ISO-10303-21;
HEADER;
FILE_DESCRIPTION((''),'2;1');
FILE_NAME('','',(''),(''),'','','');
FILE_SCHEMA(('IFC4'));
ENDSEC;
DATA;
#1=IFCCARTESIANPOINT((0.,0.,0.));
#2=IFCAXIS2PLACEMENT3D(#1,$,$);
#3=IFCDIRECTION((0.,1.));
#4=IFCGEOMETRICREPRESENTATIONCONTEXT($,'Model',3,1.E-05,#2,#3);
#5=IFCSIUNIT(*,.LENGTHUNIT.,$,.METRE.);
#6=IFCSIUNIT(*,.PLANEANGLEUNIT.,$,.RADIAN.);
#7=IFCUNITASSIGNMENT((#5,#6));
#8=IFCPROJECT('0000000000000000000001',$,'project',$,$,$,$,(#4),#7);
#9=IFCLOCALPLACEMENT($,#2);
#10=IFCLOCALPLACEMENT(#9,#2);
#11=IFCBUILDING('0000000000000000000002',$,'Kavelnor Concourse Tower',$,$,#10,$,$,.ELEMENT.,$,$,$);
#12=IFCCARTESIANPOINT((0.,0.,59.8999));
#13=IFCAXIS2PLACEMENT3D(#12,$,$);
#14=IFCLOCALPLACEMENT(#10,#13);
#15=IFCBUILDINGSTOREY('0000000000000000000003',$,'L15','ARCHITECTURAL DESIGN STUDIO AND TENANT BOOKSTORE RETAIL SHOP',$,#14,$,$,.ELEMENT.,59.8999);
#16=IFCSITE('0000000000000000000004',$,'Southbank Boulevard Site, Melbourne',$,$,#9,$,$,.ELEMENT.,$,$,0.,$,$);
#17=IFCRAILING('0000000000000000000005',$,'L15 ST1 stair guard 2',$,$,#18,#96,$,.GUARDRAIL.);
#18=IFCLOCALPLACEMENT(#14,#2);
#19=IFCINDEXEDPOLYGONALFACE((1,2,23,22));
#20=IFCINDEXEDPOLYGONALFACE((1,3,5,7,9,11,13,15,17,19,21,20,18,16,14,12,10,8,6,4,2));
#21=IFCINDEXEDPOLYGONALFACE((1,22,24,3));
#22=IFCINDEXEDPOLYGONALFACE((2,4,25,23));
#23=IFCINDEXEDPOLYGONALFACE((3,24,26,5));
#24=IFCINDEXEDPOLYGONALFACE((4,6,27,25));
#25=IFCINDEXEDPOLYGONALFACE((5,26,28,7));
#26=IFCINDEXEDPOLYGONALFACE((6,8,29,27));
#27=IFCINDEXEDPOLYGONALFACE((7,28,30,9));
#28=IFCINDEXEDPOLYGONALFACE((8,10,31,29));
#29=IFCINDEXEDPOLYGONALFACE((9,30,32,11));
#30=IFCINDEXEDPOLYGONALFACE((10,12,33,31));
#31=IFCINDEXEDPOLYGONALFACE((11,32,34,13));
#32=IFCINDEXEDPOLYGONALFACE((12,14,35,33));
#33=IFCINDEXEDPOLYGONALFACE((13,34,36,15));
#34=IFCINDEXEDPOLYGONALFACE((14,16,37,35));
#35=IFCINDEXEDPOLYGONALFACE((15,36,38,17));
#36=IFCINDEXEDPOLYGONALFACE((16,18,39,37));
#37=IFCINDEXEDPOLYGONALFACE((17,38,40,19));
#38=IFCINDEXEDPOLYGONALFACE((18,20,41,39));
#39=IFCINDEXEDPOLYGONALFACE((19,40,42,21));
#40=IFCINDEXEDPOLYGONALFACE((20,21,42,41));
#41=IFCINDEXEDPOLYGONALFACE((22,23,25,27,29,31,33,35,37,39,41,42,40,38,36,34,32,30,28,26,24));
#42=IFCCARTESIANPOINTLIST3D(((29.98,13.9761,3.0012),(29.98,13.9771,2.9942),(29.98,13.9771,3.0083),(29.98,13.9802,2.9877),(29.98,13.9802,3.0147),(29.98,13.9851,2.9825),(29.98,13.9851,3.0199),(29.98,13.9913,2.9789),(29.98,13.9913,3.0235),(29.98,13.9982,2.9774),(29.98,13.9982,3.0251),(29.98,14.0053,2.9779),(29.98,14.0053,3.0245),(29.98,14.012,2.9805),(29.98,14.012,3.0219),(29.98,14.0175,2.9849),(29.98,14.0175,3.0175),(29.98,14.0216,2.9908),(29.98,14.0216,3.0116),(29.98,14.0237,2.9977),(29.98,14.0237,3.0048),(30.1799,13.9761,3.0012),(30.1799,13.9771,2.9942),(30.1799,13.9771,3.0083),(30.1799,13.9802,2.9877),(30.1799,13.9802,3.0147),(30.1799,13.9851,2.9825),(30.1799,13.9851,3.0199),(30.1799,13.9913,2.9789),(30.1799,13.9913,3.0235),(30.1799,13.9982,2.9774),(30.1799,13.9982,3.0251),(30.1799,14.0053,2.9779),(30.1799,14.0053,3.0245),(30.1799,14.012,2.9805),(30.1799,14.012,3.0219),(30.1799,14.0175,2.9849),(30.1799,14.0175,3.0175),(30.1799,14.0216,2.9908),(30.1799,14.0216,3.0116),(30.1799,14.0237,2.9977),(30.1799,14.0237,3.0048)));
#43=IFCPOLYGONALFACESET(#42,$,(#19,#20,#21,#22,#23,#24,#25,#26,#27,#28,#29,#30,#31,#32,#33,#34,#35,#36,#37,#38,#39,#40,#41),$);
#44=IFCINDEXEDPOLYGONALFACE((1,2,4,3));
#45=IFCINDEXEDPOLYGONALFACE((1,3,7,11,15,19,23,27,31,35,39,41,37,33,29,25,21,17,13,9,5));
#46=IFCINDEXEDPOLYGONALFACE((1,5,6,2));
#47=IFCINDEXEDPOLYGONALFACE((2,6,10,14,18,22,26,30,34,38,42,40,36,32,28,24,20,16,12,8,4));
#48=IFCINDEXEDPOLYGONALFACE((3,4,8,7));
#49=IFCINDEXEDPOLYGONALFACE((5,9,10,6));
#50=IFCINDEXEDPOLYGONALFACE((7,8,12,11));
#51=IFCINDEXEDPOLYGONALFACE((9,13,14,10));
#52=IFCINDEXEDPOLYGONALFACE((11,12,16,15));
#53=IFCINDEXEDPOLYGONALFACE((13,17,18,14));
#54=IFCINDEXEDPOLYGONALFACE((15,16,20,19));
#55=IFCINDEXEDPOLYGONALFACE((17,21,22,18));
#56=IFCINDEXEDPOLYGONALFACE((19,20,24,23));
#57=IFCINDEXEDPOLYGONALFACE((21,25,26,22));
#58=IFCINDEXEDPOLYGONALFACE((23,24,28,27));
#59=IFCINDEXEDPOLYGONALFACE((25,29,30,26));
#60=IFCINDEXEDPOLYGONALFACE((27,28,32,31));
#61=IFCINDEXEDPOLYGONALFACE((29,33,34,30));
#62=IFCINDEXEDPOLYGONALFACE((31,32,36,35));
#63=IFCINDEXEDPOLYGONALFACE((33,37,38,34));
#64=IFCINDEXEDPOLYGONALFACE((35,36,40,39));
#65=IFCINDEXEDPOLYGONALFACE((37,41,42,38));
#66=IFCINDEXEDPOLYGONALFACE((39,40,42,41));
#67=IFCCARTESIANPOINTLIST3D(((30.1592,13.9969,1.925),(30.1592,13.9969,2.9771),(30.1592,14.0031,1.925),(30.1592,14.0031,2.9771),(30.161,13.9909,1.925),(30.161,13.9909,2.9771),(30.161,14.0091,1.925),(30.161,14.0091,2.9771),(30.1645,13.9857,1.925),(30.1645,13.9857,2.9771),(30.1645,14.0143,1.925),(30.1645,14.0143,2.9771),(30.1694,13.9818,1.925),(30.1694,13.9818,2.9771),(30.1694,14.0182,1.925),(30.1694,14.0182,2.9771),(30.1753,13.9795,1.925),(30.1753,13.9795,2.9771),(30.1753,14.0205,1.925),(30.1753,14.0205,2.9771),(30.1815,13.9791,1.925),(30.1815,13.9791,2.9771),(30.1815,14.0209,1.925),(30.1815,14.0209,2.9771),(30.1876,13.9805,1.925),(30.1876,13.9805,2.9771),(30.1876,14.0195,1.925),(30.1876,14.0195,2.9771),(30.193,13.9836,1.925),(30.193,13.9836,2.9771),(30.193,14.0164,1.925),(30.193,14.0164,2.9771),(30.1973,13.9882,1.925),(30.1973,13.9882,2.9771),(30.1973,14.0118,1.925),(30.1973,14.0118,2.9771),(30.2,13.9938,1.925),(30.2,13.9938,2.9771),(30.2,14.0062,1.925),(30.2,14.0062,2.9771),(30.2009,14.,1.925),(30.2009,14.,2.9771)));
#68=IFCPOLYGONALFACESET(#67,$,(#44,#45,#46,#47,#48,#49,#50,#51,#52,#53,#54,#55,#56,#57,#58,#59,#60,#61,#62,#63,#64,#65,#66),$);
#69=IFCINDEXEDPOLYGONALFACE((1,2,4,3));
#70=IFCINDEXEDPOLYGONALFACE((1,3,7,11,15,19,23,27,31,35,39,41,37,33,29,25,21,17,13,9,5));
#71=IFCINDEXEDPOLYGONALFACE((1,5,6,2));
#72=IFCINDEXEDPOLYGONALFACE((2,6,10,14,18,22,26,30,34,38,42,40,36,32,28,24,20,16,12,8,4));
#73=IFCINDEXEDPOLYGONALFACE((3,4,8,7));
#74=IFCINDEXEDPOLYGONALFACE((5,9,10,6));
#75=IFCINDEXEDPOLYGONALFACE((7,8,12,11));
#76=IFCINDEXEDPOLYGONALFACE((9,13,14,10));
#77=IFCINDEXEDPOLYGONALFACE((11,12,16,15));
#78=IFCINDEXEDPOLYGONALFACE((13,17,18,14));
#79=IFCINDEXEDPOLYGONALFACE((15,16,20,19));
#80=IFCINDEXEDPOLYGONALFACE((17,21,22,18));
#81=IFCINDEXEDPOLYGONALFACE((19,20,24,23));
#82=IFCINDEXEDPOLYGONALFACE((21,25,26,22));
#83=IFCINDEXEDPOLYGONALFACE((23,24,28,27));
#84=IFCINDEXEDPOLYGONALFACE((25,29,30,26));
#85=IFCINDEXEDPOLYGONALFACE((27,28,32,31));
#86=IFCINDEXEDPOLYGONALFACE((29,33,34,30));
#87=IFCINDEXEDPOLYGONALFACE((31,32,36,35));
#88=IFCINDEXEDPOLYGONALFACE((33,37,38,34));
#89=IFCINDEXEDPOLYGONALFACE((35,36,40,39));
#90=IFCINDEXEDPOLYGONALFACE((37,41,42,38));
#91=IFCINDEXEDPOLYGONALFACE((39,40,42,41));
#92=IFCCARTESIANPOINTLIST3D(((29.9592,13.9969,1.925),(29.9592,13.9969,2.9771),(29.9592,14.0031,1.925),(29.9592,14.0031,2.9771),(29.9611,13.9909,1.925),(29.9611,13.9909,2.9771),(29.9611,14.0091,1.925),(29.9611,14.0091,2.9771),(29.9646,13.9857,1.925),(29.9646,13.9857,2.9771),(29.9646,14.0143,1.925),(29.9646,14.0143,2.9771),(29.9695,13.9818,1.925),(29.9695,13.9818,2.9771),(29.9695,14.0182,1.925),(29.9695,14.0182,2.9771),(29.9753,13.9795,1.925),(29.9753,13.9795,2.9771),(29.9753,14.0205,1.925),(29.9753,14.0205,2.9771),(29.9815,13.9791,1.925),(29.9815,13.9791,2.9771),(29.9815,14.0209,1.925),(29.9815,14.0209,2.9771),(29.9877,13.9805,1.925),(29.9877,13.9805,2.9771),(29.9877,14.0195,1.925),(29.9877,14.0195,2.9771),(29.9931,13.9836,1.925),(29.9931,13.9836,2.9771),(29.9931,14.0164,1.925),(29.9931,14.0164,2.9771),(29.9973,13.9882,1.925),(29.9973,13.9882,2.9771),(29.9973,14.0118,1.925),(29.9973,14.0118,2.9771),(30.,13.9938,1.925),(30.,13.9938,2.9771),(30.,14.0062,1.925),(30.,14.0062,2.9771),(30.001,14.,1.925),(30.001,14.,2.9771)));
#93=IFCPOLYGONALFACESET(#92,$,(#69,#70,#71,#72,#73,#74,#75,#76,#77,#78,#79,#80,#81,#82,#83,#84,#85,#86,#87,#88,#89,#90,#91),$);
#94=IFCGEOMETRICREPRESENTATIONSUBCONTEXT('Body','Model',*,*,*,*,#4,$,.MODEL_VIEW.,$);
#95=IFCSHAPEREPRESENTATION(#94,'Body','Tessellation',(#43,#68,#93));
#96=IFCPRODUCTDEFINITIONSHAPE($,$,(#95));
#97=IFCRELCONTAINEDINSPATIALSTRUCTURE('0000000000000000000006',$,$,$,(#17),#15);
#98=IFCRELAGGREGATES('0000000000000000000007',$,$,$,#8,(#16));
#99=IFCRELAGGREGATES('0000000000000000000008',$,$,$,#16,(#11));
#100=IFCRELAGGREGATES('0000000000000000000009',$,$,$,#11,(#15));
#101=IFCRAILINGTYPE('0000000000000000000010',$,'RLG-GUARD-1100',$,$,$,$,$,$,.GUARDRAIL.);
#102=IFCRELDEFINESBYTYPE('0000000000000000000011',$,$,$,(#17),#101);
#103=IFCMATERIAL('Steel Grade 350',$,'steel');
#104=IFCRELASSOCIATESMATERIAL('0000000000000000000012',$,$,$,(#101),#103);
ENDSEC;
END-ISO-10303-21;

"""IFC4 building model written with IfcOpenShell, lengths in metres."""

from ifc_helpers import new_model, si_unit, direction, frame, origin, origin_2d, place, context, subcontext, project, spatial, circle, extrude, material, type_object, element, save


model = new_model("IFC4")

# Units and contexts
model_context = context("Model", 3, precision=1e-05, world=origin(), true_north=direction((0.0, 1.0)))
body_context = subcontext(model_context, "Body", "Model", "MODEL_VIEW")
ifc_project = project(units=[si_unit("LENGTHUNIT", "METRE"), si_unit("PLANEANGLEUNIT", "RADIAN")], contexts=[model_context])

# Site, building, storey
site_placement = place(None, origin())
site = spatial("IfcSite", under=ifc_project, at=site_placement, Name="Southbank Boulevard Site, Melbourne", CompositionType="ELEMENT", RefElevation=0.0)
building_placement = place(site_placement, origin())
building = spatial("IfcBuilding", under=site, at=building_placement, Name="Kavelnor Concourse Tower", CompositionType="ELEMENT")
storey_placement = place(building_placement, frame((0.0, 0.0, 59.8999)))
storey = spatial("IfcBuildingStorey", under=building, at=storey_placement, Name="L15", Description="ARCHITECTURAL DESIGN STUDIO AND TENANT BOOKSTORE RETAIL SHOP", CompositionType="ELEMENT", Elevation=59.8999)

# Shared definitions
ifc_material_1 = material(Name="Steel Grade 350", Category="steel")

# Railing
railing_type_1 = type_object("IfcRailingType", Name="RLG-GUARD-1100", PredefinedType="GUARDRAIL", material=ifc_material_1)
railing_1_placement = place(storey_placement, frame((30.1799, 14.0, 1.925)))
element("IfcRailing", 1, at=railing_1_placement, inside=storey, type_object=railing_type_1, Name="L15 ST1 stair guard 2", PredefinedType="GUARDRAIL", context=body_context, shape_type="SweptSolid", body=[
    extrude(circle(Radius=0.0239, at=origin_2d()), frame((0.0, 0.0, 1.0762), z_axis=(-1.0, 0.0, 0.0), x_axis=(0.0, -1.0, 0.0)), (0.0, 0.0, 1.0), 0.2),
    extrude(circle(Radius=0.021, at=origin_2d()), origin(), (0.0, 0.0, 1.0), 1.052),
    extrude(circle(Radius=0.021, at=origin_2d()), frame((-0.2, 0.0, 0.0)), (0.0, 0.0, 1.0), 1.052),
])

save(model, "model.ifc")
